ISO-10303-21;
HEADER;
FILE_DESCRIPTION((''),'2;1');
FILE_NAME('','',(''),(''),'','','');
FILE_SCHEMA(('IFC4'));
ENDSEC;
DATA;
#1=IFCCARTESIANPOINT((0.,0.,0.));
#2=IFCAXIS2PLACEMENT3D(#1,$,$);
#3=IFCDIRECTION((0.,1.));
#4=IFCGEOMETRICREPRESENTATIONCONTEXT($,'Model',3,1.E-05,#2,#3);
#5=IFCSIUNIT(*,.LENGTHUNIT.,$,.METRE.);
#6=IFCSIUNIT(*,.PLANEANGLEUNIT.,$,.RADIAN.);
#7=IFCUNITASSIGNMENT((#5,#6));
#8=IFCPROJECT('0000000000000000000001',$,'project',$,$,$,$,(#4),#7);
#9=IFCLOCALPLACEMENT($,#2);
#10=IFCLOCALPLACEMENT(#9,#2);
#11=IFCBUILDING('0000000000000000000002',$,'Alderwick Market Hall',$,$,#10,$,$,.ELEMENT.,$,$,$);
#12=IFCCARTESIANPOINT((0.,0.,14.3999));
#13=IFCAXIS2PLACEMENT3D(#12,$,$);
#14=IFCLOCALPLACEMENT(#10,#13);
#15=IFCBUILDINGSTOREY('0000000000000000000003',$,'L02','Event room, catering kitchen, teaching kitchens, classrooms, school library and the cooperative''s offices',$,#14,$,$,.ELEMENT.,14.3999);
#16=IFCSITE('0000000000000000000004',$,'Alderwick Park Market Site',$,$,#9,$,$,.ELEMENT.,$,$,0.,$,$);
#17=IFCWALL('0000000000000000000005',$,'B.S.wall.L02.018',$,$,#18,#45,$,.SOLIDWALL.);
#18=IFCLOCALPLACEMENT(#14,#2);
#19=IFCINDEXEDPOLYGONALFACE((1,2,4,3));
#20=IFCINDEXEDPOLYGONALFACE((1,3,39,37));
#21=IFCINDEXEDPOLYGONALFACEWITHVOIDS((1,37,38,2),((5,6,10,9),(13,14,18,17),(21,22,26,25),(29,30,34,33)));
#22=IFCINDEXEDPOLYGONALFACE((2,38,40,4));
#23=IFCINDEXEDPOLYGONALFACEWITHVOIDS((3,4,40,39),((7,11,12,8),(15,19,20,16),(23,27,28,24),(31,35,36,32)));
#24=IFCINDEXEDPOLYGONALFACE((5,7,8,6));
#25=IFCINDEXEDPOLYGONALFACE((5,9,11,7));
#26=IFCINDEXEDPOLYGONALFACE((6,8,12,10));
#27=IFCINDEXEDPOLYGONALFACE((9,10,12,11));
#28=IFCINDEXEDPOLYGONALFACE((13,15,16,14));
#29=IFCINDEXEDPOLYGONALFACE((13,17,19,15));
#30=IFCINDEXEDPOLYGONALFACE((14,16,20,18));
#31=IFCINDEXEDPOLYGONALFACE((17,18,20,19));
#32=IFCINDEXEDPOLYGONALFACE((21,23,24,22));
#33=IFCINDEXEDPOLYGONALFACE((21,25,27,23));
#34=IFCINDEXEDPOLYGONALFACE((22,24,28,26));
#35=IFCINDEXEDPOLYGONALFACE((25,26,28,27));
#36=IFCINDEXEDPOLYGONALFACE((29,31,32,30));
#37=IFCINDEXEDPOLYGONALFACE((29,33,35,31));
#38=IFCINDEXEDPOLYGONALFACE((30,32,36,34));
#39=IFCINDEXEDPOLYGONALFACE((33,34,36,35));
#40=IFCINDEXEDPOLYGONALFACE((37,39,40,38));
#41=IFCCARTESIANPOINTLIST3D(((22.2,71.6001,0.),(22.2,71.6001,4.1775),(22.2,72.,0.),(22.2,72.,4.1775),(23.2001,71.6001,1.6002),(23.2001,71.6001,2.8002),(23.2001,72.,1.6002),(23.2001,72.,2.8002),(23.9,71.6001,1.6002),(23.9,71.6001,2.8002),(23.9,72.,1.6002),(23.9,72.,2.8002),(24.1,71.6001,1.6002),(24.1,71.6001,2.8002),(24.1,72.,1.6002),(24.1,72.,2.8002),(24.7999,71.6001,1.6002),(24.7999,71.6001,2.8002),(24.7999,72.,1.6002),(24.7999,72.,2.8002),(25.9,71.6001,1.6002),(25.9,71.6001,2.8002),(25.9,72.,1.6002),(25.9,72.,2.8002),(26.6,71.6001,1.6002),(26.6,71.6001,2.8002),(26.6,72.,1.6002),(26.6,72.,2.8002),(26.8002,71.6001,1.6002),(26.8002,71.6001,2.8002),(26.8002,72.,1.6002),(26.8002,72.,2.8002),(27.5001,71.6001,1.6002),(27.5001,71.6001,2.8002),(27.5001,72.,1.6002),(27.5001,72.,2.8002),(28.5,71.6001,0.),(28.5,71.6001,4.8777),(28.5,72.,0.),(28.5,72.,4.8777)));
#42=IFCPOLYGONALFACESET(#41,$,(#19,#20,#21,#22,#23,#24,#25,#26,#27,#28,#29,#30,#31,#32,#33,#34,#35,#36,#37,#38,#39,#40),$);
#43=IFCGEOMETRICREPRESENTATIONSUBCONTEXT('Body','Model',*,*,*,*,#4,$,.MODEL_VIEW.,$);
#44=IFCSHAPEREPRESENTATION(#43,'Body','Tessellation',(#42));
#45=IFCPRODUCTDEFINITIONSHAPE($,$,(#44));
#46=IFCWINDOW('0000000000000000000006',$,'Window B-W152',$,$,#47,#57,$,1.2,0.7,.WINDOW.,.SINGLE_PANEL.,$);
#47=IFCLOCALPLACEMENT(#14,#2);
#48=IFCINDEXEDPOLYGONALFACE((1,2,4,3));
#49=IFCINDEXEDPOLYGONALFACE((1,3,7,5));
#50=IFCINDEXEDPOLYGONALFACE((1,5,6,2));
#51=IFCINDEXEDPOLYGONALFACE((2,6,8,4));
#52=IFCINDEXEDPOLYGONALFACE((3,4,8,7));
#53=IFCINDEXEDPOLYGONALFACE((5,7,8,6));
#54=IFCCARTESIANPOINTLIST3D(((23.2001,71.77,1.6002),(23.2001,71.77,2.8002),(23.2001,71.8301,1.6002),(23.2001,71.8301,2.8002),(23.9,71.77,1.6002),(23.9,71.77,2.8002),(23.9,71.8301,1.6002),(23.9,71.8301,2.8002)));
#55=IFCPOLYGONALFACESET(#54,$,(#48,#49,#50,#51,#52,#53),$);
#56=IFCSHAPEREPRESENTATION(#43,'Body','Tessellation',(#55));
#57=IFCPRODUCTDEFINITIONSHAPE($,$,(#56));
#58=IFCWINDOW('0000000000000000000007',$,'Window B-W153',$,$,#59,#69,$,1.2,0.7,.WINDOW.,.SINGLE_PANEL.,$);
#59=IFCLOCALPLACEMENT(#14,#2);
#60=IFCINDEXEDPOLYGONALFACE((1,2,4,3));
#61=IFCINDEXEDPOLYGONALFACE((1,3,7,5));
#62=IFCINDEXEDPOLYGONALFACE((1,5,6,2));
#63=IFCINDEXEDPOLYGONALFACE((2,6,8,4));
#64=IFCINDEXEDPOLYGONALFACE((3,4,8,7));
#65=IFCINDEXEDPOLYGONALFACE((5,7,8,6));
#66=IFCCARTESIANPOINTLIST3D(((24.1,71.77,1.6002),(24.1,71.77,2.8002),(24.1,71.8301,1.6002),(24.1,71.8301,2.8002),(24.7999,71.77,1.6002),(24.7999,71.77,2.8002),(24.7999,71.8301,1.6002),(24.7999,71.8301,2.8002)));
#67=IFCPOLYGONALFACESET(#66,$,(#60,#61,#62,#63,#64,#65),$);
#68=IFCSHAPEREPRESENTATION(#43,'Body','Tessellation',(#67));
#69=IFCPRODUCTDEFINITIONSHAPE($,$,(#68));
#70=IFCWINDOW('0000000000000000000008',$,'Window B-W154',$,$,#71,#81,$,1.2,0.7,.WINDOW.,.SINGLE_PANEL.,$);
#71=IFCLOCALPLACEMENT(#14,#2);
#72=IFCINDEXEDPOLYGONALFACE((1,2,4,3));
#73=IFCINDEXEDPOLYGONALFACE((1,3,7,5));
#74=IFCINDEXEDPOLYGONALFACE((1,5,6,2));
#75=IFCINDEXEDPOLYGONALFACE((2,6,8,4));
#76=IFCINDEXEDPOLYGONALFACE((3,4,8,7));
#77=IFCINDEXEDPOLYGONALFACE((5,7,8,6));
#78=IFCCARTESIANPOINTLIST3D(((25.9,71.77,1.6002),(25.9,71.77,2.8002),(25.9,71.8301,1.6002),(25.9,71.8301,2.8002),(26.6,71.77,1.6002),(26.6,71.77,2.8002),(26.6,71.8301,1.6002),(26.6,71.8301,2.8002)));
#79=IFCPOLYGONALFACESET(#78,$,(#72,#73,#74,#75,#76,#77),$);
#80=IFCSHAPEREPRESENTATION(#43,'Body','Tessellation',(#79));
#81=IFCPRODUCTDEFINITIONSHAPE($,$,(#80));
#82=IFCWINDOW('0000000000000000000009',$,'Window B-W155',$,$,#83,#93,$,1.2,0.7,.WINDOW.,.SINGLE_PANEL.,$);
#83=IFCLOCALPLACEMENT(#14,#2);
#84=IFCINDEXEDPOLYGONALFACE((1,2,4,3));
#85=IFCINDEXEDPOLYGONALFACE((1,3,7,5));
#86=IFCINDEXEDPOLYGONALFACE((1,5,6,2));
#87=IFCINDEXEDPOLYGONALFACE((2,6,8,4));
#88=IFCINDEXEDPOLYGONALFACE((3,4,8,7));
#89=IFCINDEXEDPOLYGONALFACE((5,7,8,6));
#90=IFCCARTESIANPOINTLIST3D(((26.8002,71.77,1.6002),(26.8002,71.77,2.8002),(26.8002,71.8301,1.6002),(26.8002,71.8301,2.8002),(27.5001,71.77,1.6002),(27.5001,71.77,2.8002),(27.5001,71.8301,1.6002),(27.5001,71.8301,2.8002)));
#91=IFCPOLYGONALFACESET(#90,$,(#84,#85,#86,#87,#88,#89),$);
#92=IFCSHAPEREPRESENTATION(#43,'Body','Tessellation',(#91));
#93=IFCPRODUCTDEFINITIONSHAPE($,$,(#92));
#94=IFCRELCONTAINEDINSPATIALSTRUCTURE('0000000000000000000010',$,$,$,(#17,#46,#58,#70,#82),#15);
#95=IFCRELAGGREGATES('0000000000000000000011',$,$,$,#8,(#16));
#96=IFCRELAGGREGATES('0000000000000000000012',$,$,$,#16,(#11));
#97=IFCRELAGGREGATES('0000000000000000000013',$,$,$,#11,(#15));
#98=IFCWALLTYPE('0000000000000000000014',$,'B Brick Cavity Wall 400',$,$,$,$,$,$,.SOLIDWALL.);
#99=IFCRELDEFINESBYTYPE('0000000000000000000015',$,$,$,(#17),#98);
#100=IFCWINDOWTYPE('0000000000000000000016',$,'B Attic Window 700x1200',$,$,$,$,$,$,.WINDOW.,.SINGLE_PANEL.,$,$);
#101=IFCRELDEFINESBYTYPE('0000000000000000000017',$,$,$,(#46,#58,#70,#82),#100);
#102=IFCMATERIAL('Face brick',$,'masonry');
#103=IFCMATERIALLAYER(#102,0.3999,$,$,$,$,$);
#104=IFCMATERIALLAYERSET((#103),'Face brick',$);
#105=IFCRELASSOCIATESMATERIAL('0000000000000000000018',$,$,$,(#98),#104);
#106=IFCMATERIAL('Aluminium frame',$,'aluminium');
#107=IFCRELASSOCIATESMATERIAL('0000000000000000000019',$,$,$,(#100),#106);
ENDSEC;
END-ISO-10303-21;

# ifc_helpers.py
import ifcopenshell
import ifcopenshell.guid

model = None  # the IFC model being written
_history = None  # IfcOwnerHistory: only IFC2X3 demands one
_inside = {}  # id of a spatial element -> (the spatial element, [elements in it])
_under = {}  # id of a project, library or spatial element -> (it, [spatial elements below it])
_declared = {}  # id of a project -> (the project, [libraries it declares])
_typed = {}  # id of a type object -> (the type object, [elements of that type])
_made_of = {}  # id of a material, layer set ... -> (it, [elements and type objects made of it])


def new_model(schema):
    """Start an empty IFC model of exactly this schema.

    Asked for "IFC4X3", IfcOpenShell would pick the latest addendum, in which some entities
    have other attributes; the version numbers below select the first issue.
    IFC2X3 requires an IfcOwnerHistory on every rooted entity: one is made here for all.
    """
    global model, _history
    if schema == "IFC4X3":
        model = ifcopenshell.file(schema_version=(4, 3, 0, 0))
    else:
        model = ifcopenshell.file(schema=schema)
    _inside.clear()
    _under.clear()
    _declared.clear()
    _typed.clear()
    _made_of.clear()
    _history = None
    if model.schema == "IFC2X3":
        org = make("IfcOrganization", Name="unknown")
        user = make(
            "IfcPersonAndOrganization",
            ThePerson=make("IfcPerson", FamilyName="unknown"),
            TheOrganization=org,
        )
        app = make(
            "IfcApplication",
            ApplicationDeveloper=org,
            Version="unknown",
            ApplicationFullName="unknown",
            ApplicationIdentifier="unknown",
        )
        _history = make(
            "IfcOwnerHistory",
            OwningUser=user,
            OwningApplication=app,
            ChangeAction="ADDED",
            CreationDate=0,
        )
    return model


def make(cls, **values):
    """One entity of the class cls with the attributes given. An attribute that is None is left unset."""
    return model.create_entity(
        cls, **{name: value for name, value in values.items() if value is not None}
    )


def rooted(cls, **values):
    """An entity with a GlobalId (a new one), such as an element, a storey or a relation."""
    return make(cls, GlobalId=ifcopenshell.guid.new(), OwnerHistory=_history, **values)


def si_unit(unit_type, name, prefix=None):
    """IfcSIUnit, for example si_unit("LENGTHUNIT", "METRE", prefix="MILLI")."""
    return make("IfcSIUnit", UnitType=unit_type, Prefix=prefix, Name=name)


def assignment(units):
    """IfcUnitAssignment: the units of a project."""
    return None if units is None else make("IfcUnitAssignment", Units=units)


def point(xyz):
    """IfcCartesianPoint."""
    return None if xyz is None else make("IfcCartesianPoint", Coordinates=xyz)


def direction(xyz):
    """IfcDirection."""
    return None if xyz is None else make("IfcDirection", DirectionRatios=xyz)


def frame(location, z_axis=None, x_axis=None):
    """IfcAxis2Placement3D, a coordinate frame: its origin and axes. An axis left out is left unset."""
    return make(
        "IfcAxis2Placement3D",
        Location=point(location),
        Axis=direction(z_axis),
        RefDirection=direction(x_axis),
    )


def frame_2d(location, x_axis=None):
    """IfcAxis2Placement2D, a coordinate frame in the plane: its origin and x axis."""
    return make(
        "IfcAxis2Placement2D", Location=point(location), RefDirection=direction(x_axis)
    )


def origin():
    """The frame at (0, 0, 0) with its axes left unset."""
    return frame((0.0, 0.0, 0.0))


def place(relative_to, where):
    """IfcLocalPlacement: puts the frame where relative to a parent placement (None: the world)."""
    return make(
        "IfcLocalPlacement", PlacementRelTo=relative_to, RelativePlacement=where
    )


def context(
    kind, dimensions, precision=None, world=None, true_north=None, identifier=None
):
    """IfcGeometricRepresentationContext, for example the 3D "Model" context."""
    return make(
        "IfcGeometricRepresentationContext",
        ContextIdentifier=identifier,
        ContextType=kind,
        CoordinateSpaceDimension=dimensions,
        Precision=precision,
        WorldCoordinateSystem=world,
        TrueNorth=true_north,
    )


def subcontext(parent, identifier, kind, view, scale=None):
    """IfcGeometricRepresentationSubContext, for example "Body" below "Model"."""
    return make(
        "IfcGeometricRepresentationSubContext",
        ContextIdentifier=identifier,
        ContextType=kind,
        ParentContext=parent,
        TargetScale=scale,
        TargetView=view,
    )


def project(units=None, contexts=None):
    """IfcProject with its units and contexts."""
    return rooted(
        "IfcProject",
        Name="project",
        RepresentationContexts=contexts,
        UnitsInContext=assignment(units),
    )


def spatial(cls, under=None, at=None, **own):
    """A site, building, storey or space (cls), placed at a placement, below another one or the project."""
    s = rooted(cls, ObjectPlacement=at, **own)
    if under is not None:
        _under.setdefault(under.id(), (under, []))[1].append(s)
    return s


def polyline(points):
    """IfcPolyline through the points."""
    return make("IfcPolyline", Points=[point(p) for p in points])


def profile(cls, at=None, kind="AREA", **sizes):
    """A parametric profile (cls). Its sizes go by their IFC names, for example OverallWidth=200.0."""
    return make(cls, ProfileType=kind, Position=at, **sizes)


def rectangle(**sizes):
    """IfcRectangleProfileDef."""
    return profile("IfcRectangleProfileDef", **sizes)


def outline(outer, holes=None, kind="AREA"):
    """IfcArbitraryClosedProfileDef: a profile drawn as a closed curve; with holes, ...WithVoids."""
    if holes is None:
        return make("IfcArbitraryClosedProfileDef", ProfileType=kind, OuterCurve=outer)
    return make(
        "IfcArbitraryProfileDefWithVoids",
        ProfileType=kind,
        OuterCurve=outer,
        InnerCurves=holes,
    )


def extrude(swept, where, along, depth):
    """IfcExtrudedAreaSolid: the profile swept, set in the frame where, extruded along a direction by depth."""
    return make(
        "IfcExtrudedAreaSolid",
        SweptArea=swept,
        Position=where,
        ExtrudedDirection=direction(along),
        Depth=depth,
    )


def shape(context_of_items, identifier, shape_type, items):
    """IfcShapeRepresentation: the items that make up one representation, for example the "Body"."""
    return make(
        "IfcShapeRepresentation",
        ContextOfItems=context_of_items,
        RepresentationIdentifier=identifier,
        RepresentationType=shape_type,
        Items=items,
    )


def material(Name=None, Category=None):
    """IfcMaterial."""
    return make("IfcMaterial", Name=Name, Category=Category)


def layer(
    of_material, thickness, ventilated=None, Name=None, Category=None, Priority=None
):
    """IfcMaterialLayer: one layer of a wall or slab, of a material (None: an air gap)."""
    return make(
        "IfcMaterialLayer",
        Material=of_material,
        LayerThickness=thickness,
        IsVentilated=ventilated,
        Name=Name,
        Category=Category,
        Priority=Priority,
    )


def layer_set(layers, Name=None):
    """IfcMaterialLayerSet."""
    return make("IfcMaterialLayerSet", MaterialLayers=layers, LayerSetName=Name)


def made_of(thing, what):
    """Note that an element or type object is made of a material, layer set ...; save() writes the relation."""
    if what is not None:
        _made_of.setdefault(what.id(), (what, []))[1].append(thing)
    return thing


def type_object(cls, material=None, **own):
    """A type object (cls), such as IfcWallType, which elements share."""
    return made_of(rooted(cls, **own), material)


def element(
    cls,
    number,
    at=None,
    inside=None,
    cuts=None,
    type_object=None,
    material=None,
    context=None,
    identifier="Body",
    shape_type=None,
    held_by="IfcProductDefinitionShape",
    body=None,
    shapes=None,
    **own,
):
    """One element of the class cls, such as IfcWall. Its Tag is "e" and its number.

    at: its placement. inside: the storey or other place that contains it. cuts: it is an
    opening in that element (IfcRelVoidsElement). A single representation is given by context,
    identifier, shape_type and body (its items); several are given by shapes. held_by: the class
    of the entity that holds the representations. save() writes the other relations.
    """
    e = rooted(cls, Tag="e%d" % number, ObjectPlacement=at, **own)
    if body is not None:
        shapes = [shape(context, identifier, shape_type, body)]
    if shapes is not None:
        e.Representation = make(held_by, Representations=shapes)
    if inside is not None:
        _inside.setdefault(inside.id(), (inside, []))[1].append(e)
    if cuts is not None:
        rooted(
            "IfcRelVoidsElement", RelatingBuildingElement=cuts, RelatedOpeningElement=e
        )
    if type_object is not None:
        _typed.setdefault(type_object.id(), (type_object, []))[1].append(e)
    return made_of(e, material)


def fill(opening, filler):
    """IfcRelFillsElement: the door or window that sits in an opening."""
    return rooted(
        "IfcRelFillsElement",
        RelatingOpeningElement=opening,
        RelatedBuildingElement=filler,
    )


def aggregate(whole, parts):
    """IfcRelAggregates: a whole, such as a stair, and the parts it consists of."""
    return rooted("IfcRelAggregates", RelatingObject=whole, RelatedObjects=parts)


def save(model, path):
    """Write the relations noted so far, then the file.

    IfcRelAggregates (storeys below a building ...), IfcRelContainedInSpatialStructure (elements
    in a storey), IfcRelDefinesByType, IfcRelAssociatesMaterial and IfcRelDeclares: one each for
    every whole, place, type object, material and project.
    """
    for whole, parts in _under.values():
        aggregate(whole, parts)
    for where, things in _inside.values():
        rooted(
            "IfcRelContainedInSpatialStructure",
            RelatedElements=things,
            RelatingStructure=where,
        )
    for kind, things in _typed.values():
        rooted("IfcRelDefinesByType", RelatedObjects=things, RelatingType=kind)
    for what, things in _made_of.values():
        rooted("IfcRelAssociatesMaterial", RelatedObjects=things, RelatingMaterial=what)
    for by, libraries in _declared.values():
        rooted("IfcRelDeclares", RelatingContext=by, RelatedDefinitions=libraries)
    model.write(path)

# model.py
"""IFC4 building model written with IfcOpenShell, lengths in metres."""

from ifc_helpers import new_model, si_unit, direction, frame, frame_2d, origin, place, context, subcontext, project, spatial, polyline, rectangle, outline, extrude, material, layer, layer_set, type_object, element, fill, save


model = new_model("IFC4")

# Units and contexts
model_context = context("Model", 3, precision=1e-05, world=origin(), true_north=direction((0.0, 1.0)))
body_context = subcontext(model_context, "Body", "Model", "MODEL_VIEW")
ifc_project = project(units=[si_unit("LENGTHUNIT", "METRE"), si_unit("PLANEANGLEUNIT", "RADIAN")], contexts=[model_context])

# Site, building, storey
site_placement = place(None, origin())
site = spatial("IfcSite", under=ifc_project, at=site_placement, Name="Alderwick Park Market Site", CompositionType="ELEMENT", RefElevation=0.0)
building_placement = place(site_placement, origin())
building = spatial("IfcBuilding", under=site, at=building_placement, Name="Alderwick Market Hall", CompositionType="ELEMENT")
storey_placement = place(building_placement, frame((0.0, 0.0, 14.3999)))
storey = spatial("IfcBuildingStorey", under=building, at=storey_placement, Name="L02", Description="Event room, catering kitchen, teaching kitchens, classrooms, school library and the cooperative's offices", CompositionType="ELEMENT", Elevation=14.3999)

# Wall, openings, windows
ifc_material_1 = material(Name="Face brick", Category="masonry")
ifc_layer_1 = layer(ifc_material_1, 0.3999)
ifc_layer_set_1 = layer_set([ifc_layer_1], Name="Face brick")
wall_type = type_object("IfcWallType", Name="B Brick Cavity Wall 400", PredefinedType="SOLIDWALL", material=ifc_layer_set_1)
ifc_material_2 = material(Name="Aluminium frame", Category="aluminium")
wall_1_placement = place(storey_placement, frame((22.2, 71.8, 0.0), z_axis=(0.0, 0.0, 1.0), x_axis=(1.0, 0.0, 0.0)))
wall_1 = element("IfcWall", 1, at=wall_1_placement, inside=storey, type_object=wall_type, Name="B.S.wall.L02.018", PredefinedType="SOLIDWALL", context=body_context, shape_type="SweptSolid", body=[
    extrude(outline(polyline([(0.0, 0.0), (6.3, 0.0), (6.3, 4.8777), (0.0, 4.1775), (0.0, 0.0)])), frame((0.0, 0.2, 0.0), z_axis=(0.0, -1.0, 0.0), x_axis=(1.0, 0.0, 0.0)), (0.0, 0.0, 1.0), 0.3999),
])
opening_1_placement = place(wall_1_placement, frame((1.0, 0.0, 1.6001)))
opening_1 = element("IfcOpeningElement", 2, at=opening_1_placement, cuts=wall_1, PredefinedType="OPENING", context=body_context, shape_type="SweptSolid", body=[
    extrude(rectangle(XDim=0.7, YDim=1.2, at=frame_2d((0.3501, 0.6001))), frame((0.0, 0.21, 0.0), z_axis=(0.0, -1.0, 0.0), x_axis=(1.0, 0.0, 0.0)), (0.0, 0.0, 1.0), 0.4199),
])
opening_2_placement = place(wall_1_placement, frame((1.8999, 0.0, 1.6001)))
opening_2 = element("IfcOpeningElement", 3, at=opening_2_placement, cuts=wall_1, PredefinedType="OPENING", context=body_context, shape_type="SweptSolid", body=[
    extrude(rectangle(XDim=0.7, YDim=1.2, at=frame_2d((0.3501, 0.6001))), frame((0.0, 0.21, 0.0), z_axis=(0.0, -1.0, 0.0), x_axis=(1.0, 0.0, 0.0)), (0.0, 0.0, 1.0), 0.4199),
])
opening_3_placement = place(wall_1_placement, frame((3.7, 0.0, 1.6001)))
opening_3 = element("IfcOpeningElement", 4, at=opening_3_placement, cuts=wall_1, PredefinedType="OPENING", context=body_context, shape_type="SweptSolid", body=[
    extrude(rectangle(XDim=0.7, YDim=1.2, at=frame_2d((0.3501, 0.6001))), frame((0.0, 0.21, 0.0), z_axis=(0.0, -1.0, 0.0), x_axis=(1.0, 0.0, 0.0)), (0.0, 0.0, 1.0), 0.4199),
])
opening_4_placement = place(wall_1_placement, frame((4.6001, 0.0, 1.6001)))
opening_4 = element("IfcOpeningElement", 5, at=opening_4_placement, cuts=wall_1, PredefinedType="OPENING", context=body_context, shape_type="SweptSolid", body=[
    extrude(rectangle(XDim=0.7, YDim=1.2, at=frame_2d((0.3501, 0.6001))), frame((0.0, 0.21, 0.0), z_axis=(0.0, -1.0, 0.0), x_axis=(1.0, 0.0, 0.0)), (0.0, 0.0, 1.0), 0.4199),
])
window_type_1 = type_object("IfcWindowType", Name="B Attic Window 700x1200", PartitioningType="SINGLE_PANEL", PredefinedType="WINDOW", material=ifc_material_2)
window_1_placement = place(opening_1_placement, origin())
window_1 = element("IfcWindow", 6, at=window_1_placement, inside=storey, type_object=window_type_1, Name="Window B-W152", OverallHeight=1.2, OverallWidth=0.7, PartitioningType="SINGLE_PANEL", PredefinedType="WINDOW", context=body_context, shape_type="SweptSolid", body=[
    extrude(rectangle(XDim=0.7, YDim=1.2, at=frame_2d((0.3501, 0.6001))), frame((0.0, 0.03, 0.0), z_axis=(0.0, -1.0, 0.0), x_axis=(1.0, 0.0, 0.0)), (0.0, 0.0, 1.0), 0.0601),
])
fill(opening_1, window_1)
window_2_placement = place(opening_2_placement, origin())
window_2 = element("IfcWindow", 7, at=window_2_placement, inside=storey, type_object=window_type_1, Name="Window B-W153", OverallHeight=1.2, OverallWidth=0.7, PartitioningType="SINGLE_PANEL", PredefinedType="WINDOW", context=body_context, shape_type="SweptSolid", body=[
    extrude(rectangle(XDim=0.7, YDim=1.2, at=frame_2d((0.3501, 0.6001))), frame((0.0, 0.03, 0.0), z_axis=(0.0, -1.0, 0.0), x_axis=(1.0, 0.0, 0.0)), (0.0, 0.0, 1.0), 0.0601),
])
fill(opening_2, window_2)
window_3_placement = place(opening_3_placement, origin())
window_3 = element("IfcWindow", 8, at=window_3_placement, inside=storey, type_object=window_type_1, Name="Window B-W154", OverallHeight=1.2, OverallWidth=0.7, PartitioningType="SINGLE_PANEL", PredefinedType="WINDOW", context=body_context, shape_type="SweptSolid", body=[
    extrude(rectangle(XDim=0.7, YDim=1.2, at=frame_2d((0.3501, 0.6001))), frame((0.0, 0.03, 0.0), z_axis=(0.0, -1.0, 0.0), x_axis=(1.0, 0.0, 0.0)), (0.0, 0.0, 1.0), 0.0601),
])
fill(opening_3, window_3)
window_4_placement = place(opening_4_placement, origin())
window_4 = element("IfcWindow", 9, at=window_4_placement, inside=storey, type_object=window_type_1, Name="Window B-W155", OverallHeight=1.2, OverallWidth=0.7, PartitioningType="SINGLE_PANEL", PredefinedType="WINDOW", context=body_context, shape_type="SweptSolid", body=[
    extrude(rectangle(XDim=0.7, YDim=1.2, at=frame_2d((0.3501, 0.6001))), frame((0.0, 0.03, 0.0), z_axis=(0.0, -1.0, 0.0), x_axis=(1.0, 0.0, 0.0)), (0.0, 0.0, 1.0), 0.0601),
])
fill(opening_4, window_4)

save(model, "model.ifc")
